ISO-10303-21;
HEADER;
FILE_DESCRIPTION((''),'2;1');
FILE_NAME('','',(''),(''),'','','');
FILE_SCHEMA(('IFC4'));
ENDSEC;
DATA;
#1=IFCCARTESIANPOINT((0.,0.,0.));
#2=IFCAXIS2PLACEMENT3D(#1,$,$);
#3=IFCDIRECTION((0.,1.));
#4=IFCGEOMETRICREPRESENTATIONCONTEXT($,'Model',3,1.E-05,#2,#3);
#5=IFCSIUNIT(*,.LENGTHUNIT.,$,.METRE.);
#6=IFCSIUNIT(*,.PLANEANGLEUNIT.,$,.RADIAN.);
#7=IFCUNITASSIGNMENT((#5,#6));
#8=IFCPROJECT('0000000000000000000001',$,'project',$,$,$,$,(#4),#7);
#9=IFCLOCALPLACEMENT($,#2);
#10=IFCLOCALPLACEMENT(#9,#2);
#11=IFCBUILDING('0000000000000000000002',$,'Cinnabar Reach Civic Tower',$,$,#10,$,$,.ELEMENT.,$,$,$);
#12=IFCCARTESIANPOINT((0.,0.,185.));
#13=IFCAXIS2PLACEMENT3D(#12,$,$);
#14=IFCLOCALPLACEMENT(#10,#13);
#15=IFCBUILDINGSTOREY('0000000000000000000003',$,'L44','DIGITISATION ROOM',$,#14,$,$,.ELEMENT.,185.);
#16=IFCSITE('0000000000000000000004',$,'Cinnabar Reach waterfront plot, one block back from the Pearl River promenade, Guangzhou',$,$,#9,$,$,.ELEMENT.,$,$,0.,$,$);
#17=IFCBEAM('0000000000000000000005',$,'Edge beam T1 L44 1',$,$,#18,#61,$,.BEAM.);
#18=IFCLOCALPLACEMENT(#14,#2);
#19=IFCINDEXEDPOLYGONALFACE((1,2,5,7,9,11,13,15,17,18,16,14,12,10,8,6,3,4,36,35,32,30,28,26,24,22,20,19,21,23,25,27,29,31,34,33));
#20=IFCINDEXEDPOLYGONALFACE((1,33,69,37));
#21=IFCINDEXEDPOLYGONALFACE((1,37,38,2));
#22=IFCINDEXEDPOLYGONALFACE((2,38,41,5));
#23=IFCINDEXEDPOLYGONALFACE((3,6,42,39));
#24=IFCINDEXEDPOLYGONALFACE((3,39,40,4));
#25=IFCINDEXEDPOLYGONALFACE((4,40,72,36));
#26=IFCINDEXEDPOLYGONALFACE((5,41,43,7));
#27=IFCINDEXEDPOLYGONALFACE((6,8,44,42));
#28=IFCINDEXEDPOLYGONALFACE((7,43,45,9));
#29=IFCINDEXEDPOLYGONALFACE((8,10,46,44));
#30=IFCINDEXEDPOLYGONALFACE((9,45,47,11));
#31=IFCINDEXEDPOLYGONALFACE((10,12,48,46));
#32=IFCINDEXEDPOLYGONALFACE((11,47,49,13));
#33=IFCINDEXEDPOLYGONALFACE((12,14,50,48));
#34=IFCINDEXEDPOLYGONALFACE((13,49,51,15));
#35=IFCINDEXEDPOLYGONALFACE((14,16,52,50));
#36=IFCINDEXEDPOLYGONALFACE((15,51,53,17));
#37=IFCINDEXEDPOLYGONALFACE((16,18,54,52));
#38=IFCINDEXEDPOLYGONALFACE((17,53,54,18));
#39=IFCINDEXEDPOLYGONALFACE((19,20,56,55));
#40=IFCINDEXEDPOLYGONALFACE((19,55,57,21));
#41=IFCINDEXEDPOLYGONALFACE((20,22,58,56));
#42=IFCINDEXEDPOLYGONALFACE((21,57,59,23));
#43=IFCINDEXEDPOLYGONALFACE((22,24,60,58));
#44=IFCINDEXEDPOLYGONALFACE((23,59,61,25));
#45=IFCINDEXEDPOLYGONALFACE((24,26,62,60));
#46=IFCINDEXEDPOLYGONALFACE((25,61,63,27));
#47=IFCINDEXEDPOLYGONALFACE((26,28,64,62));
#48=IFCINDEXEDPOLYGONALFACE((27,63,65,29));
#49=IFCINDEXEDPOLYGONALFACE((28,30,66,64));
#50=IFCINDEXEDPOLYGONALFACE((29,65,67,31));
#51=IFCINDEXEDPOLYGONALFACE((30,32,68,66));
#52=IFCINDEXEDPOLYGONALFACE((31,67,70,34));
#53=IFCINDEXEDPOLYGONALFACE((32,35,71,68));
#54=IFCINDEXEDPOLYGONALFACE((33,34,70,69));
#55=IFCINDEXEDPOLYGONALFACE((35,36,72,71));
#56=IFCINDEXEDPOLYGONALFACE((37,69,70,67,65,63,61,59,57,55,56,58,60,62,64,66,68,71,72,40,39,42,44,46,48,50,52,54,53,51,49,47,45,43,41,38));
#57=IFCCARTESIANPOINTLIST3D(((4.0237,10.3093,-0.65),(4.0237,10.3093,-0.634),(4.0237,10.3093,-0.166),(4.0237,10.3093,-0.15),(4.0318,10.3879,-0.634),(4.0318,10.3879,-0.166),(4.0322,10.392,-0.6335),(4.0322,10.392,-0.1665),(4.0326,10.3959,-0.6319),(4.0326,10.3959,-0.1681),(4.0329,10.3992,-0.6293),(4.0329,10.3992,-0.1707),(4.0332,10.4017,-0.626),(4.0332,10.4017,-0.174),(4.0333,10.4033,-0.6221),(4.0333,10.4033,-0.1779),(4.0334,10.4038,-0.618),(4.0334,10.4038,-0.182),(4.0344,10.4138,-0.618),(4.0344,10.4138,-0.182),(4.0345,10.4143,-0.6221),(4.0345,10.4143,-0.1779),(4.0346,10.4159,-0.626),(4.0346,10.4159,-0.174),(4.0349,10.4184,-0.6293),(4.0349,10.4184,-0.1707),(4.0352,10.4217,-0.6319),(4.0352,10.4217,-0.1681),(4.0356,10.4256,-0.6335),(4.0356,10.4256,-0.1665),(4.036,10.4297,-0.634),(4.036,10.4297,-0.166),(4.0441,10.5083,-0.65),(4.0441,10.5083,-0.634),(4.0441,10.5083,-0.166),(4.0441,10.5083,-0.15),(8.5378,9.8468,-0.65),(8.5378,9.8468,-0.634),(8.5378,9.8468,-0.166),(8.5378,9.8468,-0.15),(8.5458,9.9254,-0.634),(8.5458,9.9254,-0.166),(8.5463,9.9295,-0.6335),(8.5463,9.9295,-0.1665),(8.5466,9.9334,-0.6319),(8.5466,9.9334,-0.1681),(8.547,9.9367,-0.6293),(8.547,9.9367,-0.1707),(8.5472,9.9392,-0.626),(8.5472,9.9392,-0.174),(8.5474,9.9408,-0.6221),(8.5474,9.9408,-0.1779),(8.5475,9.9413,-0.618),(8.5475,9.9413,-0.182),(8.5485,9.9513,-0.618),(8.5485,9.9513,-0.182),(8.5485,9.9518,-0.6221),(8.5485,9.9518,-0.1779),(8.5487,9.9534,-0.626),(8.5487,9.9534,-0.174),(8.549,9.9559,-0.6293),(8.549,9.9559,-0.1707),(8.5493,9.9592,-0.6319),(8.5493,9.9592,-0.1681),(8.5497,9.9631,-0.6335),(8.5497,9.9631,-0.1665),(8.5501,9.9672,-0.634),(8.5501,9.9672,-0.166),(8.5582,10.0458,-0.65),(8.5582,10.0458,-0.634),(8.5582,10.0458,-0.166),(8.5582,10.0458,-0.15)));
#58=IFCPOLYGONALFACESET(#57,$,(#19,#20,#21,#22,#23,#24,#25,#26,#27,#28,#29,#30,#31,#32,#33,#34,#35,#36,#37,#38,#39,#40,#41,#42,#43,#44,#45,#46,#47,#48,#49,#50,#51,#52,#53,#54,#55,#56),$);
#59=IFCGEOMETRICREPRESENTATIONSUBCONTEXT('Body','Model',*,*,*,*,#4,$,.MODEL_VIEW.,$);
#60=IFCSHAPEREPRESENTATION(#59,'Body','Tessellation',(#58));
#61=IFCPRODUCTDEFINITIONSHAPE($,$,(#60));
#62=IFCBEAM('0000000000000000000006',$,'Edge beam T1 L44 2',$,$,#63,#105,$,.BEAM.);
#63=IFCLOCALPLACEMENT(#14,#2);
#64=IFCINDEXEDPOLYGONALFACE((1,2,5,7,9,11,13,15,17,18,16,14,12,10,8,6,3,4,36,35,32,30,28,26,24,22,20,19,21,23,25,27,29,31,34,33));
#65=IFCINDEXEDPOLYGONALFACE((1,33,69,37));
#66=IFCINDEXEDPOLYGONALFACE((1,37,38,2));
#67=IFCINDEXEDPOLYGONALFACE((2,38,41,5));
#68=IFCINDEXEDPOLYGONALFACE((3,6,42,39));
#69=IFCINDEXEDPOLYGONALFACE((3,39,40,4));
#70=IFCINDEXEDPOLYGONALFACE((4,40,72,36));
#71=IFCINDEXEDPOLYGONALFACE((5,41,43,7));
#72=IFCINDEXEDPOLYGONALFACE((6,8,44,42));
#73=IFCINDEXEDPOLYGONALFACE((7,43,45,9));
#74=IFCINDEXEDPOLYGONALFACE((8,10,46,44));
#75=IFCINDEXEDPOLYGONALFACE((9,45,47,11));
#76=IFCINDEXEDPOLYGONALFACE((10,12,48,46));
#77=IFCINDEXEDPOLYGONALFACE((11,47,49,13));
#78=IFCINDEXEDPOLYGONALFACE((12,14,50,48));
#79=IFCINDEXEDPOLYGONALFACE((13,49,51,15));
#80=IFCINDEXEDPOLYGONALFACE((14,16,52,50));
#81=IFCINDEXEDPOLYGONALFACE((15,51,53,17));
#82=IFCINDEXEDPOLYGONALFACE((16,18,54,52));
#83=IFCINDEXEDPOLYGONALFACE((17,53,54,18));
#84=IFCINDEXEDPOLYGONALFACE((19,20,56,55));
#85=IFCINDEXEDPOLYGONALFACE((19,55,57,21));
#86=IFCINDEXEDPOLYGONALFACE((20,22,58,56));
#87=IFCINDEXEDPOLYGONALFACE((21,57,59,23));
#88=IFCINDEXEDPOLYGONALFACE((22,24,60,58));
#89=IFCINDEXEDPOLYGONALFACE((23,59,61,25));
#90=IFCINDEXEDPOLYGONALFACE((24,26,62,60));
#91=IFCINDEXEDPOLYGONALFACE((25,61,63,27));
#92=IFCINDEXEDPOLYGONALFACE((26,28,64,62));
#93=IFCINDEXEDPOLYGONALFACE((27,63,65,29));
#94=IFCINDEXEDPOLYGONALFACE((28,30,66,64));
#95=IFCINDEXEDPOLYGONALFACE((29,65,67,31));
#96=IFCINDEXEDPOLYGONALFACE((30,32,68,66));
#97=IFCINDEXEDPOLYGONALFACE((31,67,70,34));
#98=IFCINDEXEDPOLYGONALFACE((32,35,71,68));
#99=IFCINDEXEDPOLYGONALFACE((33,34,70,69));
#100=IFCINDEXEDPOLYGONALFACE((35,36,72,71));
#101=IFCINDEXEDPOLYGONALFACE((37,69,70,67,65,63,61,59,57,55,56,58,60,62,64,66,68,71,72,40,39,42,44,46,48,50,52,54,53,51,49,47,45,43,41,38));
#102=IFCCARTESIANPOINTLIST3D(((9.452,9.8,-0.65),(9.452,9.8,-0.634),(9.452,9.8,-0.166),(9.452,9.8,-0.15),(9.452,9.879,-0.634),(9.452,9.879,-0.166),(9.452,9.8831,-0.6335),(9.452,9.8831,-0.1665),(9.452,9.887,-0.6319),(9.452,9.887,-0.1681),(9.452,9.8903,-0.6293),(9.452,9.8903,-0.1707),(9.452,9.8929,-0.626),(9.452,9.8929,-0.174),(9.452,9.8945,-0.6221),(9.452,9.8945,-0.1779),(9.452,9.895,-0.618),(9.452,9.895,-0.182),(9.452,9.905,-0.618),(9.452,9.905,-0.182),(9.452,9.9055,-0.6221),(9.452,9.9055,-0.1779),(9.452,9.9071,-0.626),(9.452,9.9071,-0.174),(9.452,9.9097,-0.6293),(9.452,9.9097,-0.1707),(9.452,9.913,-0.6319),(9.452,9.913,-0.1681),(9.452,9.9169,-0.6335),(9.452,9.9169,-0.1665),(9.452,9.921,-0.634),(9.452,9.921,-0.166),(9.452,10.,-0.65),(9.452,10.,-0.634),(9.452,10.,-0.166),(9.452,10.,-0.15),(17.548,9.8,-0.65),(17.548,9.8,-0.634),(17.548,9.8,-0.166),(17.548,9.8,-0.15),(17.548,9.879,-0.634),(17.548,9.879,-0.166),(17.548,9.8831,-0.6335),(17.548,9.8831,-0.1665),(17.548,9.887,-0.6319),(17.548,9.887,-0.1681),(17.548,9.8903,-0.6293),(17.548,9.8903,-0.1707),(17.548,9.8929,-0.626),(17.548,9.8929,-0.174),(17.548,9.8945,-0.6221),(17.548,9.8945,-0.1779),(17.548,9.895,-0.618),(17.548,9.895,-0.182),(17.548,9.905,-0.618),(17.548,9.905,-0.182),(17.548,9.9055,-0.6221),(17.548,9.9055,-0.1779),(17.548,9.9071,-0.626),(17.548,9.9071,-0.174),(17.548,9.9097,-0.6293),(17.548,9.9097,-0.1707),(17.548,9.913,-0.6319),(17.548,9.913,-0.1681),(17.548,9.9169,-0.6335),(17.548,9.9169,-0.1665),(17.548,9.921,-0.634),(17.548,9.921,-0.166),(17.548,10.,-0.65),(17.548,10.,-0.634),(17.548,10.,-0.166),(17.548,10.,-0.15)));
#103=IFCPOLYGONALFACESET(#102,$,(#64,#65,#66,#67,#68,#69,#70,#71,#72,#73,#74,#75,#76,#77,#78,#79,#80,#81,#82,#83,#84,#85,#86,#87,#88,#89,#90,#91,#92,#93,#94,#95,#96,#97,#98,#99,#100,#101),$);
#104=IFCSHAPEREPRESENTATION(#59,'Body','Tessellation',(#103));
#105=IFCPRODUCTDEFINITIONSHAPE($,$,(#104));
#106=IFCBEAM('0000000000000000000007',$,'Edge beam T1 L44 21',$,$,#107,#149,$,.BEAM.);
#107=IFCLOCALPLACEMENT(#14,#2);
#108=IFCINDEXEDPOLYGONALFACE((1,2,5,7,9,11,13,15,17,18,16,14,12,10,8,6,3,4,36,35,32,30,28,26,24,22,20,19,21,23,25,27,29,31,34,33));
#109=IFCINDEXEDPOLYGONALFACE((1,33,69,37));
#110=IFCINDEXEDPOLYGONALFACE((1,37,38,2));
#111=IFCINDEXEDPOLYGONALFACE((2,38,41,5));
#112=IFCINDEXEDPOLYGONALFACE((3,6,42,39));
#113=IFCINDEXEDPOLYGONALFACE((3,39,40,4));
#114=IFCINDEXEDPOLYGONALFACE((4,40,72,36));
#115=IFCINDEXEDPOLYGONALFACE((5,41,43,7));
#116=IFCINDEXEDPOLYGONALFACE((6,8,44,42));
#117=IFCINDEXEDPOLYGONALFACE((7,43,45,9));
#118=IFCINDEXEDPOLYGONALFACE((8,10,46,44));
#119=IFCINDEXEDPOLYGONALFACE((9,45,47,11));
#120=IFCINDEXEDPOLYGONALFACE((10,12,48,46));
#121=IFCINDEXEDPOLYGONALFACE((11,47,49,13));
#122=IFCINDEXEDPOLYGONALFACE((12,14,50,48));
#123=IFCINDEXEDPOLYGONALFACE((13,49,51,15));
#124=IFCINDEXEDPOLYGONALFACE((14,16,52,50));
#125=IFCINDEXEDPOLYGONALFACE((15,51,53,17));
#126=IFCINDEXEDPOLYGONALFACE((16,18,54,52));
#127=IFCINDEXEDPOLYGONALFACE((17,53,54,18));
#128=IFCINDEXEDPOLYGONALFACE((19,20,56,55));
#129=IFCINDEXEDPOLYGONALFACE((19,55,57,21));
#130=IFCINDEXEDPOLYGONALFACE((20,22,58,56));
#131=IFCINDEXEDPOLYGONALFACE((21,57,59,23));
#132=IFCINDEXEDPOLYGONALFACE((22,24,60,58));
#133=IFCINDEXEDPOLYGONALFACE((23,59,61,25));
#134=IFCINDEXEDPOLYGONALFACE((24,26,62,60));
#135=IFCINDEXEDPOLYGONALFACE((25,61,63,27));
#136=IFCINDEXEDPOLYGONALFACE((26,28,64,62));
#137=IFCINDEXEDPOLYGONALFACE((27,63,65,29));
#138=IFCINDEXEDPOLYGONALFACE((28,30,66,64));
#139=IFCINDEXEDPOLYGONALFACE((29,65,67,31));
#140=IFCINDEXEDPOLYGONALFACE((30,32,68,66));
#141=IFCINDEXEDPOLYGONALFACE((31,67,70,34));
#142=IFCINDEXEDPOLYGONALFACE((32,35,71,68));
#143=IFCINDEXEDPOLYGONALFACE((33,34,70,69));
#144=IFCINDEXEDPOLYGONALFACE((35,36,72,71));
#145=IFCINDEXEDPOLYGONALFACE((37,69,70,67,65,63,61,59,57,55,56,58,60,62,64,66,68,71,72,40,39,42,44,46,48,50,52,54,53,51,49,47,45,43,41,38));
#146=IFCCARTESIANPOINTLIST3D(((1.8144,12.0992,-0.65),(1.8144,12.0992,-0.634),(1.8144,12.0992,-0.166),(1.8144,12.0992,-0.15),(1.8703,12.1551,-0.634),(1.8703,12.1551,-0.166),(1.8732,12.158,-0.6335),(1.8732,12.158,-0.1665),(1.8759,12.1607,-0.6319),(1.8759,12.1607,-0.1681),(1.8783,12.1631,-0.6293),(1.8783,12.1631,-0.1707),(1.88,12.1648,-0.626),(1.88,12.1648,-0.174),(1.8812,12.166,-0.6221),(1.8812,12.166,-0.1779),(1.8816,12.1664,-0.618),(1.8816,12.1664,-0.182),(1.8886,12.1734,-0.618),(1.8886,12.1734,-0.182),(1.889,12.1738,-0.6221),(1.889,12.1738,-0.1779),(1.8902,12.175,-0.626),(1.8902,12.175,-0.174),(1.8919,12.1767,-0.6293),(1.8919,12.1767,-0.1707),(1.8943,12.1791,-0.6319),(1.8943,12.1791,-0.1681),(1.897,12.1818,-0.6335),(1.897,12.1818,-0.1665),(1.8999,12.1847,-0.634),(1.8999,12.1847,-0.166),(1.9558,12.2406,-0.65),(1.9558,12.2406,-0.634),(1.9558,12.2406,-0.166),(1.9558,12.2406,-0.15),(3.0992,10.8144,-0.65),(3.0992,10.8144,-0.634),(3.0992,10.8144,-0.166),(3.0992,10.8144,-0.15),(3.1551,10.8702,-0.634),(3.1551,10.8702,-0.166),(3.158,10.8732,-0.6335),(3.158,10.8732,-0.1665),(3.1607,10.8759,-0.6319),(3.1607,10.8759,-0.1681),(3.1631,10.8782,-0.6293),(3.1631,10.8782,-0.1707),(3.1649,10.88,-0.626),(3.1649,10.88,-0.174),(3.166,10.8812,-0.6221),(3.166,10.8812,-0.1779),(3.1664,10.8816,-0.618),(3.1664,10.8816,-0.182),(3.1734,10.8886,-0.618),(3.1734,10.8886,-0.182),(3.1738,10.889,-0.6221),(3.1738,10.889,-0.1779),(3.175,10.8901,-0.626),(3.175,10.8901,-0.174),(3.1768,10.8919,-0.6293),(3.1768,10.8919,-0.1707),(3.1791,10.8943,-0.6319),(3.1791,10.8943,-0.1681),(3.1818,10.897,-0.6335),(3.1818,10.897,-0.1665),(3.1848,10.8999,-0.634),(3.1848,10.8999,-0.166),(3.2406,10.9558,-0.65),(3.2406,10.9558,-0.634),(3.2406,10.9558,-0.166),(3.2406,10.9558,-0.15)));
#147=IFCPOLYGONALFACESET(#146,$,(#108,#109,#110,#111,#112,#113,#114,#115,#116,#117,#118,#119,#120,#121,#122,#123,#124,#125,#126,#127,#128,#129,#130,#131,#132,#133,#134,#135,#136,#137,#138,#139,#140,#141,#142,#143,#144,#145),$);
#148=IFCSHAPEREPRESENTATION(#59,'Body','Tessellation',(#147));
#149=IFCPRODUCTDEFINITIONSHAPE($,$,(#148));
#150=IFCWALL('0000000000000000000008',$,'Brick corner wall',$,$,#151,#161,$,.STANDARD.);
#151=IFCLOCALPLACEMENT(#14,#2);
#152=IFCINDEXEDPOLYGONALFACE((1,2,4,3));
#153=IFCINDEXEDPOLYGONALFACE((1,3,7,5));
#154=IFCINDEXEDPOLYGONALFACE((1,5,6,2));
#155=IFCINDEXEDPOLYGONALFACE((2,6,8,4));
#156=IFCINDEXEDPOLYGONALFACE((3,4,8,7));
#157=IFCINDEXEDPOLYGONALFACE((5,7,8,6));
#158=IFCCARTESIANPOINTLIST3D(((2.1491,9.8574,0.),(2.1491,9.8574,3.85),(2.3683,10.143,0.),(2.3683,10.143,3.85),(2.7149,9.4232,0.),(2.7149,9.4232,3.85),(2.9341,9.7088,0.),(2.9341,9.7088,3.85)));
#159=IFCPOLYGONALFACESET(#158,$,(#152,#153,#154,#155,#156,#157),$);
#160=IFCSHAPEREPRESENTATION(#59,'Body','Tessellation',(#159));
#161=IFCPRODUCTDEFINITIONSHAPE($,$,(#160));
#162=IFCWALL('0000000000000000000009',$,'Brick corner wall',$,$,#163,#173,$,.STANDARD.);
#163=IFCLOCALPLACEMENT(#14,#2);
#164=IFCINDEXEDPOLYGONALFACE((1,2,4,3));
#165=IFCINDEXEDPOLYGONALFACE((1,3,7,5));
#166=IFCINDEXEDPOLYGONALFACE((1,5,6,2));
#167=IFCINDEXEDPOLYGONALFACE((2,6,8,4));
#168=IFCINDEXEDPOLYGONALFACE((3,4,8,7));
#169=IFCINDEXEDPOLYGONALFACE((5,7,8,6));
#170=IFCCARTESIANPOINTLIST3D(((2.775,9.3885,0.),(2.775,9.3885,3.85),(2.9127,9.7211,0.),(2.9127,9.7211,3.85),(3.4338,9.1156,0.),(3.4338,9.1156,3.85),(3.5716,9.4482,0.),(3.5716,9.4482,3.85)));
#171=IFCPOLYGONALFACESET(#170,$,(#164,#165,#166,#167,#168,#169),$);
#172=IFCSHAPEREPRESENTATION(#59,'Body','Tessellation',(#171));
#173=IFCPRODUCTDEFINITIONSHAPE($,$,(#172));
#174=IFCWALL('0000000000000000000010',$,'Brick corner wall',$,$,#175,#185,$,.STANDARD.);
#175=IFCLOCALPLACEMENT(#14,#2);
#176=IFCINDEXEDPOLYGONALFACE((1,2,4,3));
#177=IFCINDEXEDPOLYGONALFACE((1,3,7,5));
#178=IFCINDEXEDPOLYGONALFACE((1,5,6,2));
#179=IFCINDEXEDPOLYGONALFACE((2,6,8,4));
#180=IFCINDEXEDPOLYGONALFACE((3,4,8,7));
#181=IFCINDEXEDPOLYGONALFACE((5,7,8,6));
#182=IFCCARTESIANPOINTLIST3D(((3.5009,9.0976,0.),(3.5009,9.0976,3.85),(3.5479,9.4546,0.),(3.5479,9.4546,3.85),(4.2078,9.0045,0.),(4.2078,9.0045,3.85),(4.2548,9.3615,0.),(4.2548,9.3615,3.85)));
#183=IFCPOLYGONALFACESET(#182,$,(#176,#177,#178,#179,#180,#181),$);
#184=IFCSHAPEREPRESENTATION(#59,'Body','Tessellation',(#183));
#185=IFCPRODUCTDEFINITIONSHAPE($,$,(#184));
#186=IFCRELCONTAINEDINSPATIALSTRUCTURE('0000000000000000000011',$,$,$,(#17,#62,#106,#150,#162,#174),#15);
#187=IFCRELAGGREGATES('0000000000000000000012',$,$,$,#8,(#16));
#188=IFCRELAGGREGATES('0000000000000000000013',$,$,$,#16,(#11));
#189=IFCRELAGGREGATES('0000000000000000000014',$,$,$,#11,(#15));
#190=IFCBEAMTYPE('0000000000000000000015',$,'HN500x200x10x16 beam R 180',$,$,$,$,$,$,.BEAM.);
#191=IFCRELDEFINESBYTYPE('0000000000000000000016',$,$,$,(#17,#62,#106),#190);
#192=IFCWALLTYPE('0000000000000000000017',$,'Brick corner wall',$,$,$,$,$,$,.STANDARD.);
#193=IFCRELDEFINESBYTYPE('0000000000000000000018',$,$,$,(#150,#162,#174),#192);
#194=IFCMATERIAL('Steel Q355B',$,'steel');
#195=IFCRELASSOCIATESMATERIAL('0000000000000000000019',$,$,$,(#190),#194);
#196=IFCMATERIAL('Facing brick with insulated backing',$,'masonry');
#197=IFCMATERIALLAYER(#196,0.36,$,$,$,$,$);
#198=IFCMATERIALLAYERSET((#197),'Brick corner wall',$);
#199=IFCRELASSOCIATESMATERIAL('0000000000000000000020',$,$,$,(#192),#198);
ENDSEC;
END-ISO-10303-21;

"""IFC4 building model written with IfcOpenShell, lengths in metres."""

from ifc_helpers import new_model, si_unit, direction, frame, frame_2d, origin, origin_2d, place, context, subcontext, project, spatial, rectangle, i_section, extrude, material, layer, layer_set, material_profile, profile_set, type_object, element, save


model = new_model("IFC4")

# Units and contexts
model_context = context("Model", 3, precision=1e-05, world=origin(), true_north=direction((0.0, 1.0)))
body_context = subcontext(model_context, "Body", "Model", "MODEL_VIEW")
ifc_project = project(units=[si_unit("LENGTHUNIT", "METRE"), si_unit("PLANEANGLEUNIT", "RADIAN")], contexts=[model_context])

# Site, building, storey
site_placement = place(None, origin())
site = spatial("IfcSite", under=ifc_project, at=site_placement, Name="Cinnabar Reach waterfront plot, one block back from the Pearl River promenade, Guangzhou", CompositionType="ELEMENT", RefElevation=0.0)
building_placement = place(site_placement, origin())
building = spatial("IfcBuilding", under=site, at=building_placement, Name="Cinnabar Reach Civic Tower", CompositionType="ELEMENT")
storey_placement = place(building_placement, frame((0.0, 0.0, 185.0)))
storey = spatial("IfcBuildingStorey", under=building, at=storey_placement, Name="L44", Description="DIGITISATION ROOM", CompositionType="ELEMENT", Elevation=185.0)

# Beams
ifc_material_1 = material(Name="Steel Q355B", Category="steel")
ifc_material_profile_1 = material_profile(ifc_material_1, i_section(OverallWidth=0.2, OverallDepth=0.5, WebThickness=0.01, FlangeThickness=0.016, FilletRadius=0.016, at=origin_2d()), Name="HN500x200x10x16")
ifc_profile_set_1 = profile_set([ifc_material_profile_1], Name="Steel Q355B")
beam_type_1 = type_object("IfcBeamType", Name="HN500x200x10x16 beam R 180", PredefinedType="BEAM", material=ifc_profile_set_1)
beam_1_placement = place(storey_placement, frame((4.0339, 10.4088, -0.4), z_axis=(0.994792, -0.101923, 0.0), x_axis=(0.101923, 0.994792, 0.0)))
element("IfcBeam", 1, at=beam_1_placement, inside=storey, type_object=beam_type_1, Name="Edge beam T1 L44 1", PredefinedType="BEAM", context=body_context, shape_type="SweptSolid", body=[
    extrude(i_section(OverallWidth=0.2, OverallDepth=0.5, WebThickness=0.01, FlangeThickness=0.016, FilletRadius=0.016, at=origin_2d()), origin(), (0.0, 0.0, 1.0), 4.5377),
])
beam_2_placement = place(storey_placement, frame((9.452, 9.9, -0.4), z_axis=(1.0, 0.0, 0.0), x_axis=(0.0, 1.0, 0.0)))
element("IfcBeam", 2, at=beam_2_placement, inside=storey, type_object=beam_type_1, Name="Edge beam T1 L44 2", PredefinedType="BEAM", context=body_context, shape_type="SweptSolid", body=[
    extrude(i_section(OverallWidth=0.2, OverallDepth=0.5, WebThickness=0.01, FlangeThickness=0.016, FilletRadius=0.016, at=origin_2d()), origin(), (0.0, 0.0, 1.0), 8.096),
])
beam_3_placement = place(storey_placement, frame((1.8851, 12.1699, -0.4), z_axis=(0.707107, -0.707107, 0.0), x_axis=(0.707107, 0.707107, 0.0)))
element("IfcBeam", 3, at=beam_3_placement, inside=storey, type_object=beam_type_1, Name="Edge beam T1 L44 21", PredefinedType="BEAM", context=body_context, shape_type="SweptSolid", body=[
    extrude(i_section(OverallWidth=0.2, OverallDepth=0.5, WebThickness=0.01, FlangeThickness=0.016, FilletRadius=0.016, at=origin_2d()), origin(), (0.0, 0.0, 1.0), 1.817),
])

# Walls
ifc_material_2 = material(Name="Facing brick with insulated backing", Category="masonry")
ifc_layer_1 = layer(ifc_material_2, 0.36)
ifc_layer_set_1 = layer_set([ifc_layer_1], Name="Brick corner wall")
wall_type_1 = type_object("IfcWallType", Name="Brick corner wall", PredefinedType="STANDARD", material=ifc_layer_set_1)
wall_1_placement = place(storey_placement, frame((2.2587, 10.0002, 0.0), z_axis=(0.0, 0.0, 1.0), x_axis=(0.793322, -0.608802, 0.0)))
element("IfcWall", 4, at=wall_1_placement, inside=storey, type_object=wall_type_1, Name="Brick corner wall", PredefinedType="STANDARD", context=body_context, shape_type="SweptSolid", body=[
    extrude(rectangle(XDim=0.7132, YDim=0.36, at=frame_2d((0.3566, 0.0))), origin(), (0.0, 0.0, 1.0), 3.85),
])
for number, where, z_axis, x_axis, name in (
    (5, (2.8439, 9.5548, 0.0), (0.0, 0.0, 1.0), (0.923872, -0.382703, 0.0), "Brick corner wall"),
    (6, (3.5244, 9.2761, 0.0), (0.0, 0.0, 1.0), (0.991441, -0.130556, 0.0), "Brick corner wall"),
):
    element("IfcWall", number, at=place(storey_placement, frame(where, z_axis=z_axis, x_axis=x_axis)), inside=storey, type_object=wall_type_1, Name=name, PredefinedType="STANDARD", context=body_context, shape_type="SweptSolid", body=[
        extrude(rectangle(XDim=0.7131, YDim=0.36, at=frame_2d((0.3565, 0.0))), origin(), (0.0, 0.0, 1.0), 3.85),
    ])

save(model, "model.ifc")
